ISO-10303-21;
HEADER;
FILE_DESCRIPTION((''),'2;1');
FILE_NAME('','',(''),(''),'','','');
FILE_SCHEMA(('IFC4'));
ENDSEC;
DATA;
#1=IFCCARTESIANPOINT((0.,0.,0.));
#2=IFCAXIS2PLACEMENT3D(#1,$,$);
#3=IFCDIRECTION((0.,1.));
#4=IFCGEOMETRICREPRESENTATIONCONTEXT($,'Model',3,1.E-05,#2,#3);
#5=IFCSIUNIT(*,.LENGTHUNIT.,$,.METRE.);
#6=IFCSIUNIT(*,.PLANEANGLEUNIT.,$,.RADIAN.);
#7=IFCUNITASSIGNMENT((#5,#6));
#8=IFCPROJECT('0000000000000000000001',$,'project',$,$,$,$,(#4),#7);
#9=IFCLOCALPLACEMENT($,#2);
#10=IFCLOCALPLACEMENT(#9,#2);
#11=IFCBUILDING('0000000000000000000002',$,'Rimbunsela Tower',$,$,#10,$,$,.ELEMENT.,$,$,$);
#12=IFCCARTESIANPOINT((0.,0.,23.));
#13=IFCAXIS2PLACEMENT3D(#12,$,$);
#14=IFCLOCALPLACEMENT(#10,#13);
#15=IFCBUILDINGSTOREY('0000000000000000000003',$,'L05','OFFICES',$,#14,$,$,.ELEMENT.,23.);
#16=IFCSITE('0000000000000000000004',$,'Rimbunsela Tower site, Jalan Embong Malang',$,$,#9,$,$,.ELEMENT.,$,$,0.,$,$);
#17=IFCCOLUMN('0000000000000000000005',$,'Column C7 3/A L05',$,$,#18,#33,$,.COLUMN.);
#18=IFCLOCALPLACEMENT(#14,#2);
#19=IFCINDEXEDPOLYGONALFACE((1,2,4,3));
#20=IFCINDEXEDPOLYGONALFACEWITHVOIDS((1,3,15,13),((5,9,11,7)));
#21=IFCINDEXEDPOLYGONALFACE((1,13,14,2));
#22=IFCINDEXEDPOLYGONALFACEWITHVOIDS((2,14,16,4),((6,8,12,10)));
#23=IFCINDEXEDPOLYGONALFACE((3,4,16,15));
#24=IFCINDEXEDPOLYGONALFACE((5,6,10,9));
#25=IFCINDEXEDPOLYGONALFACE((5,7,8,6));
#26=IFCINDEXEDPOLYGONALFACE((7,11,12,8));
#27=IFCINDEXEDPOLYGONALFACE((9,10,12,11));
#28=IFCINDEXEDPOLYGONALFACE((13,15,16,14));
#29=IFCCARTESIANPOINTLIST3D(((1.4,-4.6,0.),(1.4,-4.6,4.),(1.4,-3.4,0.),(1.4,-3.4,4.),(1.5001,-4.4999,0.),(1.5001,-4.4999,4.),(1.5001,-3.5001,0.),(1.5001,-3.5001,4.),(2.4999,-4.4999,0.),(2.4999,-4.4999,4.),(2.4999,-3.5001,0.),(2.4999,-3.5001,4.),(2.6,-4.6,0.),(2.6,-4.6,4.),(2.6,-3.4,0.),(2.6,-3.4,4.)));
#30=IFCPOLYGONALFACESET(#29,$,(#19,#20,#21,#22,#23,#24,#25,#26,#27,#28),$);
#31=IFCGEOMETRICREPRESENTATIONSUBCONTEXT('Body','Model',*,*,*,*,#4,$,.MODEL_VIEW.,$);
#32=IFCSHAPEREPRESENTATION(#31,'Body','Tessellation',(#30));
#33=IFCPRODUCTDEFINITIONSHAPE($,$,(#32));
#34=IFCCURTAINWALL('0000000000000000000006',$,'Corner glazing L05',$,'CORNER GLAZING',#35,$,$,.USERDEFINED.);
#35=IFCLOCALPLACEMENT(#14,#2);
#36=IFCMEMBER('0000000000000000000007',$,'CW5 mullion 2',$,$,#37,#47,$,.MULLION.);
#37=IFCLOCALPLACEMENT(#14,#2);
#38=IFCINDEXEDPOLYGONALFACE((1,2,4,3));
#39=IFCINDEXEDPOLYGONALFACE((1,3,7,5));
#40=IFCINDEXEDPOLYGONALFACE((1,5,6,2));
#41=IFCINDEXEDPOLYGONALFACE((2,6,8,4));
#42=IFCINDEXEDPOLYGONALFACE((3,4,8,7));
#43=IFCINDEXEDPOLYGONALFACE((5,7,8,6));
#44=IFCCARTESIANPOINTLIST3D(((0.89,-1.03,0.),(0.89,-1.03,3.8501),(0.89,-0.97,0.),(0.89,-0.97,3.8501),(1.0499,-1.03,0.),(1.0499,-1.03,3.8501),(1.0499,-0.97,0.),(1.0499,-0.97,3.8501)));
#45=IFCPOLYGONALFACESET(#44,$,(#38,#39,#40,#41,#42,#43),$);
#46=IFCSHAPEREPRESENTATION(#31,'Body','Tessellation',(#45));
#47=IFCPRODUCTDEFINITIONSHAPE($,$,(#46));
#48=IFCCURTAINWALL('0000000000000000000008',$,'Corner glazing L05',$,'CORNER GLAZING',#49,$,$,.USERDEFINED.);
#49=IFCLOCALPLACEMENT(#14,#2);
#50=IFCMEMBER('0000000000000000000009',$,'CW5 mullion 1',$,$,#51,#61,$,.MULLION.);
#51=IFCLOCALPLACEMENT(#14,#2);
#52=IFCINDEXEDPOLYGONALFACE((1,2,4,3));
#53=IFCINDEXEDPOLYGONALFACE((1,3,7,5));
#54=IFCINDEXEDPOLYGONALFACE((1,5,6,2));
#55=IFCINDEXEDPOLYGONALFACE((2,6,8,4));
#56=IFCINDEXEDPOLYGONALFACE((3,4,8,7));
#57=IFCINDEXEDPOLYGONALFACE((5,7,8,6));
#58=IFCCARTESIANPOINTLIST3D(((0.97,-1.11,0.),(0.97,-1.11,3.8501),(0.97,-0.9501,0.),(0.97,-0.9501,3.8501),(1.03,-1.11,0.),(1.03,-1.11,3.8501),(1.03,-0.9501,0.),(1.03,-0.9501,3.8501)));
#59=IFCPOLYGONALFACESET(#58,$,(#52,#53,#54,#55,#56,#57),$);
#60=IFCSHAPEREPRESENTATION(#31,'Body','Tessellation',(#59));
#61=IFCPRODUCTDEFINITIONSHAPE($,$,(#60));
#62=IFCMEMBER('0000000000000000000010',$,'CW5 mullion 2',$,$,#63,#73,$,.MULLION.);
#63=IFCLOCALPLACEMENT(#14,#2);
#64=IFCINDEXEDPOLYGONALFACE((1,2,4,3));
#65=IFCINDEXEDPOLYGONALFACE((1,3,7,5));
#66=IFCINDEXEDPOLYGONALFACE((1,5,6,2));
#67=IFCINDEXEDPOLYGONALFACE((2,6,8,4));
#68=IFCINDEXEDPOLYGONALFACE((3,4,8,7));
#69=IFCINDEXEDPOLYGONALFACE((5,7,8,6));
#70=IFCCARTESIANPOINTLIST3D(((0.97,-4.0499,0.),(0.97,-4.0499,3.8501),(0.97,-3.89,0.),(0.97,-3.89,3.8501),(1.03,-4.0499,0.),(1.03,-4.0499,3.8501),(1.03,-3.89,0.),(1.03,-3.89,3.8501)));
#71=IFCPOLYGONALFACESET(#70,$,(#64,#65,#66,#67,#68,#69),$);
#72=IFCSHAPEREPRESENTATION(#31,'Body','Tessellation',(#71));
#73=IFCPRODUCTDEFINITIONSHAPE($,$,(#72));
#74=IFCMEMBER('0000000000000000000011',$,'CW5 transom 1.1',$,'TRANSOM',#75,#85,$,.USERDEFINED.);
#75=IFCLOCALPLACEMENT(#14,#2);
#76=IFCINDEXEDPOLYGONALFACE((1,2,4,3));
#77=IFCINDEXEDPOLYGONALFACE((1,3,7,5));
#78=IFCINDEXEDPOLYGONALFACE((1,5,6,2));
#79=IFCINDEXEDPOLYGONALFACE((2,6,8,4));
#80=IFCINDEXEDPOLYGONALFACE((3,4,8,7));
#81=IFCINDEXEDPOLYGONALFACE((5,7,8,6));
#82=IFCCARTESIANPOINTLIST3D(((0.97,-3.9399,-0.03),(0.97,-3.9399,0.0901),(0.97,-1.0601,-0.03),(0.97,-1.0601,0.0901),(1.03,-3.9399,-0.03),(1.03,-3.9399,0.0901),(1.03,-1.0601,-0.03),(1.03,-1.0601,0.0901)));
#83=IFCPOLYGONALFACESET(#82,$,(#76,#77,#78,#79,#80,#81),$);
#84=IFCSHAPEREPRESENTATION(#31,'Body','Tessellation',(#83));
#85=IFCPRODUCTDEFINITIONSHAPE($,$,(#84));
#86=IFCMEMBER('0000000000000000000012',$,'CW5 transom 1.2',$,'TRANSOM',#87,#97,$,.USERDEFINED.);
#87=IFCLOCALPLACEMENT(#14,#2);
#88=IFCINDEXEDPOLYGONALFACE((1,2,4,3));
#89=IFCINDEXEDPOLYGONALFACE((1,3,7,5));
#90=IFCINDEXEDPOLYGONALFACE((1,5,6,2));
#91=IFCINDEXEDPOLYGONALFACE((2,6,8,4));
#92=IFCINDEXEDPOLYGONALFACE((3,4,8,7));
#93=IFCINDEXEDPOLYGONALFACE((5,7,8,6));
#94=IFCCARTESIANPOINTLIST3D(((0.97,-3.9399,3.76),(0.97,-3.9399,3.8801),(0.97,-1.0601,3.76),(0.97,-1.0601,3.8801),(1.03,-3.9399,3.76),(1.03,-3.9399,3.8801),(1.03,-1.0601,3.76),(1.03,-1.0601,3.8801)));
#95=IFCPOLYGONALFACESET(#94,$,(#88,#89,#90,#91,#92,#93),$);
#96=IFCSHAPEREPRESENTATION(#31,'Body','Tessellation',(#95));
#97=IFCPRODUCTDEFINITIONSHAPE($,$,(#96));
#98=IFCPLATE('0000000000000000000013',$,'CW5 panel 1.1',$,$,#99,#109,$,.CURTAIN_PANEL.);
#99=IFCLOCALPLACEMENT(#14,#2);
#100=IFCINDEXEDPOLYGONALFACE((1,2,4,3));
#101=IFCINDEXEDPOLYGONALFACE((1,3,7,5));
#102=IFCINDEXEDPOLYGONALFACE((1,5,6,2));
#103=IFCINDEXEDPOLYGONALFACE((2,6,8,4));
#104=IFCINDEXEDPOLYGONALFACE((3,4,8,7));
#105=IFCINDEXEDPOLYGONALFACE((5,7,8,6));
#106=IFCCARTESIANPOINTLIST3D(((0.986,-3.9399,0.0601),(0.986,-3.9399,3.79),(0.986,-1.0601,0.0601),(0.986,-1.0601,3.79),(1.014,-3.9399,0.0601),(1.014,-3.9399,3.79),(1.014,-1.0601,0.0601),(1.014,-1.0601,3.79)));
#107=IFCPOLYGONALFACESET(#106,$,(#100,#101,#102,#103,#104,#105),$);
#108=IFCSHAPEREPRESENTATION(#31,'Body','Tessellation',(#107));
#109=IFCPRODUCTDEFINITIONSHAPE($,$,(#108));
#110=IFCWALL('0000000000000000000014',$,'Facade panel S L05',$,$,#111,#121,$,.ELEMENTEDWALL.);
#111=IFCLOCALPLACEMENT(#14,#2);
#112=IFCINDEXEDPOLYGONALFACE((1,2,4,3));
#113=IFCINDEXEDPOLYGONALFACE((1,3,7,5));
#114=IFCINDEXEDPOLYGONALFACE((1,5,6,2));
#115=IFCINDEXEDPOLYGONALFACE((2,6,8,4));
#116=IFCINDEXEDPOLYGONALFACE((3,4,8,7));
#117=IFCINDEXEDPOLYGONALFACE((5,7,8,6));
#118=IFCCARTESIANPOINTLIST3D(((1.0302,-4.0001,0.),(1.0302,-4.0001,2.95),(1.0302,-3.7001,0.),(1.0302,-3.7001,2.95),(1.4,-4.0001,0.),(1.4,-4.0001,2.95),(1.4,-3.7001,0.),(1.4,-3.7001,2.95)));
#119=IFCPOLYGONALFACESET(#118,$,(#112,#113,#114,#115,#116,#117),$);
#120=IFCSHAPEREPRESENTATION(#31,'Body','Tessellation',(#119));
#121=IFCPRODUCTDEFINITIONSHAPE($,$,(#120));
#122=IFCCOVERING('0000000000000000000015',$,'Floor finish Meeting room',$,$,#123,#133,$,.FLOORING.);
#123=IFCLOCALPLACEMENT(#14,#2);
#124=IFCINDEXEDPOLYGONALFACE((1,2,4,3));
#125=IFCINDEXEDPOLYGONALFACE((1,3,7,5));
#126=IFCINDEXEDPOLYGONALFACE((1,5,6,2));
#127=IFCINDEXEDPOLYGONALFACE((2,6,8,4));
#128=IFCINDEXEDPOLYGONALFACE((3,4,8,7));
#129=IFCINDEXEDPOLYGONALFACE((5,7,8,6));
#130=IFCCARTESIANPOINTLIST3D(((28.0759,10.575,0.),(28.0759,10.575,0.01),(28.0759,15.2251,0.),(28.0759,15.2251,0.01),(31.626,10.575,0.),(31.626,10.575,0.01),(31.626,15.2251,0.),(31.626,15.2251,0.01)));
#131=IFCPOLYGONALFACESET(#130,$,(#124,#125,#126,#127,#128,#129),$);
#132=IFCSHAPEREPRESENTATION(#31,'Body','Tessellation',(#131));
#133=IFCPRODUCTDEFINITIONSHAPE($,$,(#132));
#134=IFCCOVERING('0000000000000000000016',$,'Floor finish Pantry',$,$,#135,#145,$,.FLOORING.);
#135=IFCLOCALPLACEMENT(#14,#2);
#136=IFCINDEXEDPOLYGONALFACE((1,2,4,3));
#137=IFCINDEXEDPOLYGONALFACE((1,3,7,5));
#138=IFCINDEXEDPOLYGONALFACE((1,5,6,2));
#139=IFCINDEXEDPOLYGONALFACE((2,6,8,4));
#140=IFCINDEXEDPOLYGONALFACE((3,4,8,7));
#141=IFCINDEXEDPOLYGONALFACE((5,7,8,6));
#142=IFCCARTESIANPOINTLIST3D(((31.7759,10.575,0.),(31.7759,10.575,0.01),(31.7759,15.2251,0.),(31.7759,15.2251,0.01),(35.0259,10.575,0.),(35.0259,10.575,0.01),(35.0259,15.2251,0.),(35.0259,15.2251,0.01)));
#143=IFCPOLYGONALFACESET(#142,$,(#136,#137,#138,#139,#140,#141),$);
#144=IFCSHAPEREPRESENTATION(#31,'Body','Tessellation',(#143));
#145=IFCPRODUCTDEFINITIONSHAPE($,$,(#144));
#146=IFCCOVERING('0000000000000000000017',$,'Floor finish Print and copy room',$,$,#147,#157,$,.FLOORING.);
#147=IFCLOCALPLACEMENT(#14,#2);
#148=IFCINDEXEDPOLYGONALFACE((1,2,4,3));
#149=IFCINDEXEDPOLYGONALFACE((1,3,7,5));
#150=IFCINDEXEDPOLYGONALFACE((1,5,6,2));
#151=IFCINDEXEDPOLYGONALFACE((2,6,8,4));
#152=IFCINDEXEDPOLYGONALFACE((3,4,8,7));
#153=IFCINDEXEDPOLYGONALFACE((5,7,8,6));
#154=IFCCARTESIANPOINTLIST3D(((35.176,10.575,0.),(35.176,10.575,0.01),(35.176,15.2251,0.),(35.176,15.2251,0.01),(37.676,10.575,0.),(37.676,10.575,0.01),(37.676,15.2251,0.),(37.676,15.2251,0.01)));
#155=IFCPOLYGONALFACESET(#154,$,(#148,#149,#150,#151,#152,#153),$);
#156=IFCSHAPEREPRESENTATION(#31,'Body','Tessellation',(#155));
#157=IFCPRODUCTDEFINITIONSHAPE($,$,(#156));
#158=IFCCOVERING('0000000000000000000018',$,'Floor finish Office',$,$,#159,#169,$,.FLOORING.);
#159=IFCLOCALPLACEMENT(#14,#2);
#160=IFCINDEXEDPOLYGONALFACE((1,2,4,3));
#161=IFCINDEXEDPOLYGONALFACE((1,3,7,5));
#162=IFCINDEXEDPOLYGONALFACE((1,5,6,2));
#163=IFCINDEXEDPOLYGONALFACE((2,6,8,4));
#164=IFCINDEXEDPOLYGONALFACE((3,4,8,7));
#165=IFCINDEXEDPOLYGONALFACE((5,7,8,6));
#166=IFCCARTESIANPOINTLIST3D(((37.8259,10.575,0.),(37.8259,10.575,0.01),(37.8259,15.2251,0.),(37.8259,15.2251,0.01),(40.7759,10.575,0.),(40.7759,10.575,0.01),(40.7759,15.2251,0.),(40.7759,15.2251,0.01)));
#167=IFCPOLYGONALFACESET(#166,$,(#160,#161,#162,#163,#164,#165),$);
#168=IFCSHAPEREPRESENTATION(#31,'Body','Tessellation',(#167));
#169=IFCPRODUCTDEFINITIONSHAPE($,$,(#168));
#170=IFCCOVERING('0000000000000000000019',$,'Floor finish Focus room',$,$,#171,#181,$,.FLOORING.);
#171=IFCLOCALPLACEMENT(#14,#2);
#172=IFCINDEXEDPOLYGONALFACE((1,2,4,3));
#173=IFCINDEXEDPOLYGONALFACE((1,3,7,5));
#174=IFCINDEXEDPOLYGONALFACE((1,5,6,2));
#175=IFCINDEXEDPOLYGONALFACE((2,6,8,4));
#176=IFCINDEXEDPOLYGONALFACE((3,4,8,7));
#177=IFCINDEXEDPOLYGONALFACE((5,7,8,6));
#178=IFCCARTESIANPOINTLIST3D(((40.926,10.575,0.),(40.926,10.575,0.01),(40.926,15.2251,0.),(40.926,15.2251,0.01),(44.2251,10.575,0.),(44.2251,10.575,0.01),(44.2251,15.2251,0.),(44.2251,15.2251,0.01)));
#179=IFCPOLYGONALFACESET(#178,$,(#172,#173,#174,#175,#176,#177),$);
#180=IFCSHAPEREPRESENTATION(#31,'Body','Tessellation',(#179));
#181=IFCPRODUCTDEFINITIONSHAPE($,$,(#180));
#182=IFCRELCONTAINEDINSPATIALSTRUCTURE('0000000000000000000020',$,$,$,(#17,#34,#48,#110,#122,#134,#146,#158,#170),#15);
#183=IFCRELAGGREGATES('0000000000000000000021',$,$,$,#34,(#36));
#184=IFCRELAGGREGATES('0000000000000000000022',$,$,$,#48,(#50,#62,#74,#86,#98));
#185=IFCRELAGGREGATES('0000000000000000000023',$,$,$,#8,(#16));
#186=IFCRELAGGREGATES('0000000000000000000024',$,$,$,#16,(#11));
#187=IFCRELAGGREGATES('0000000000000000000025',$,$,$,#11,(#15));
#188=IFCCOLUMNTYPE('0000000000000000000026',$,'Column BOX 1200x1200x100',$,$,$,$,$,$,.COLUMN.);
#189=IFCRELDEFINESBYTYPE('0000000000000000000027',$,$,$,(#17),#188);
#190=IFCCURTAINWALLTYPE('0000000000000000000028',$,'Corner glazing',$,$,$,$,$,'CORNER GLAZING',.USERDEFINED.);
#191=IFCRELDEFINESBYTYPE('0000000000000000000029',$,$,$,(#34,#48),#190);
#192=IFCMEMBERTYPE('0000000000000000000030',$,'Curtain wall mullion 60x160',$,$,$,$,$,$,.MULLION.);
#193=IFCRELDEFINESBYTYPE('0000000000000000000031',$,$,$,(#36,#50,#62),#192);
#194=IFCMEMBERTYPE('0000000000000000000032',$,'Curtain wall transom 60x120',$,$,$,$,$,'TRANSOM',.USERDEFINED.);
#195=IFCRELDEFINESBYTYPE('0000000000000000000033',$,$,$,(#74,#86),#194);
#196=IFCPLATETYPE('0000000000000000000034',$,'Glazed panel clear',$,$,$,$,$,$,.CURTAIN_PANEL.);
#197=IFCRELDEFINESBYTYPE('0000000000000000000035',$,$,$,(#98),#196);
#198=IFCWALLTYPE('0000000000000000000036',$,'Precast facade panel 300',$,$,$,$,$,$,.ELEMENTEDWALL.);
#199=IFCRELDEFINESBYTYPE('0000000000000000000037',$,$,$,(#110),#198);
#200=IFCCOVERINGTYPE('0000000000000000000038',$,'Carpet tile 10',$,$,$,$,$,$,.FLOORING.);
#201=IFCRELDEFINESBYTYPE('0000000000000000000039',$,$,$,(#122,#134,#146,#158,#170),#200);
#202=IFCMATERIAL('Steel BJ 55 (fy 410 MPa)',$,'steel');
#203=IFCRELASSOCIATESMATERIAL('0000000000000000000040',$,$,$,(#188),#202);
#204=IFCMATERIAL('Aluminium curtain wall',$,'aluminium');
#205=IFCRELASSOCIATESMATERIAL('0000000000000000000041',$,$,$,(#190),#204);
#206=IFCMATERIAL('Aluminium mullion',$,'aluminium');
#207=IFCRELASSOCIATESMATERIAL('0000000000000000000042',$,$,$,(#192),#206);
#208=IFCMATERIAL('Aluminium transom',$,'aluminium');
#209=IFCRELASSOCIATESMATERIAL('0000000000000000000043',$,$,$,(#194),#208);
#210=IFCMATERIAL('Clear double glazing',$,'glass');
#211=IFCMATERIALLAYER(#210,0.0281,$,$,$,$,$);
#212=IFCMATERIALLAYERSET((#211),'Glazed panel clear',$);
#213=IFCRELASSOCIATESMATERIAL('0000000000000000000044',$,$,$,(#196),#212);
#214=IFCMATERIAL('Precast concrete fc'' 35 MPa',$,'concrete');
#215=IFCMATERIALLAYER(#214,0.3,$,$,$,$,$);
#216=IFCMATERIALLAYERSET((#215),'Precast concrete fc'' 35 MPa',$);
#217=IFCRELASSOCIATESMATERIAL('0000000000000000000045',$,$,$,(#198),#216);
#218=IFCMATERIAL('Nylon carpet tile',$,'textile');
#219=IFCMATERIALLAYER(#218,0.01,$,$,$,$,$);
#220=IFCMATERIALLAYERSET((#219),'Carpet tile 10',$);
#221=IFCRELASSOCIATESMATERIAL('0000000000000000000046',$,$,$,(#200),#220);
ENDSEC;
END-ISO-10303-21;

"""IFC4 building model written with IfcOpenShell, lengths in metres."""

from ifc_helpers import new_model, si_unit, direction, frame, frame_2d, origin, origin_2d, place, context, subcontext, project, spatial, polyline, rectangle, hollow_rectangle, outline, extrude, material, layer, layer_set, material_profile, profile_set, type_object, element, aggregate, save


model = new_model("IFC4")

# Units and contexts
model_context = context("Model", 3, precision=1e-05, world=origin(), true_north=direction((0.0, 1.0)))
body_context = subcontext(model_context, "Body", "Model", "MODEL_VIEW")
ifc_project = project(units=[si_unit("LENGTHUNIT", "METRE"), si_unit("PLANEANGLEUNIT", "RADIAN")], contexts=[model_context])

# Site, building, storey
site_placement = place(None, origin())
site = spatial("IfcSite", under=ifc_project, at=site_placement, Name="Rimbunsela Tower site, Jalan Embong Malang", CompositionType="ELEMENT", RefElevation=0.0)
building_placement = place(site_placement, origin())
building = spatial("IfcBuilding", under=site, at=building_placement, Name="Rimbunsela Tower", CompositionType="ELEMENT")
storey_placement = place(building_placement, frame((0.0, 0.0, 23.0)))
storey = spatial("IfcBuildingStorey", under=building, at=storey_placement, Name="L05", Description="OFFICES", CompositionType="ELEMENT", Elevation=23.0)

# Column
ifc_material_1 = material(Name="Steel BJ 55 (fy 410 MPa)", Category="steel")
ifc_material_profile_1 = material_profile(ifc_material_1, hollow_rectangle(XDim=1.2, YDim=1.2, WallThickness=0.1001, at=origin_2d()), Name="BOX 1200x1200x100")
ifc_profile_set_1 = profile_set([ifc_material_profile_1], Name="Steel BJ 55 (fy 410 MPa)")
column_type = type_object("IfcColumnType", Name="Column BOX 1200x1200x100", PredefinedType="COLUMN", material=ifc_profile_set_1)
column_placement = place(storey_placement, frame((2.0, -4.0, 0.0), z_axis=(0.0, 0.0, 1.0), x_axis=(1.0, 0.0, 0.0)))
element("IfcColumn", 1, at=column_placement, inside=storey, type_object=column_type, Name="Column C7 3/A L05", PredefinedType="COLUMN", context=body_context, shape_type="SweptSolid", body=[
    extrude(hollow_rectangle(XDim=1.2, YDim=1.2, WallThickness=0.1001, at=origin_2d()), origin(), (0.0, 0.0, 1.0), 4.0),
])

# Curtain wall, member
ifc_material_2 = material(Name="Aluminium curtain wall", Category="aluminium")
curtain_wall_type = type_object("IfcCurtainWallType", Name="Corner glazing", ElementType="CORNER GLAZING", PredefinedType="USERDEFINED", material=ifc_material_2)
curtain_wall_1_placement = place(storey_placement, origin())
curtain_wall_1 = element("IfcCurtainWall", 2, at=curtain_wall_1_placement, inside=storey, type_object=curtain_wall_type, Name="Corner glazing L05", ObjectType="CORNER GLAZING", PredefinedType="USERDEFINED")
ifc_material_3 = material(Name="Aluminium mullion", Category="aluminium")
ifc_material_profile_2 = material_profile(ifc_material_3, rectangle(XDim=0.0601, YDim=0.1599, at=origin_2d()), Name="Mullion 60x160")
ifc_profile_set_2 = profile_set([ifc_material_profile_2], Name="Aluminium mullion")
member_type_1 = type_object("IfcMemberType", Name="Curtain wall mullion 60x160", PredefinedType="MULLION", material=ifc_profile_set_2)
member_1_placement = place(storey_placement, frame((0.97, -1.0, 0.0), z_axis=(0.0, 0.0, 1.0), x_axis=(0.0, 1.0, 0.0)))
member_1 = element("IfcMember", 3, at=member_1_placement, type_object=member_type_1, Name="CW5 mullion 2", PredefinedType="MULLION", context=body_context, shape_type="SweptSolid", body=[
    extrude(rectangle(XDim=0.0601, YDim=0.1599, at=origin_2d()), origin(), (0.0, 0.0, 1.0), 3.8501),
])
aggregate(curtain_wall_1, [member_1])

# Curtain wall, members, plate
curtain_wall_2_placement = place(storey_placement, origin())
curtain_wall_2 = element("IfcCurtainWall", 4, at=curtain_wall_2_placement, inside=storey, type_object=curtain_wall_type, Name="Corner glazing L05", ObjectType="CORNER GLAZING", PredefinedType="USERDEFINED")
member_2_placement = place(storey_placement, frame((1.0, -1.03, 0.0), z_axis=(0.0, 0.0, 1.0), x_axis=(1.0, 0.0, 0.0)))
member_2 = element("IfcMember", 5, at=member_2_placement, type_object=member_type_1, Name="CW5 mullion 1", PredefinedType="MULLION", context=body_context, shape_type="SweptSolid", body=[
    extrude(rectangle(XDim=0.0601, YDim=0.1599, at=origin_2d()), origin(), (0.0, 0.0, 1.0), 3.8501),
])
member_3_placement = place(storey_placement, frame((1.0, -3.97, 0.0), z_axis=(0.0, 0.0, 1.0), x_axis=(1.0, 0.0, 0.0)))
member_3 = element("IfcMember", 6, at=member_3_placement, type_object=member_type_1, Name="CW5 mullion 2", PredefinedType="MULLION", context=body_context, shape_type="SweptSolid", body=[
    extrude(rectangle(XDim=0.0601, YDim=0.1599, at=origin_2d()), origin(), (0.0, 0.0, 1.0), 3.8501),
])
ifc_material_4 = material(Name="Aluminium transom", Category="aluminium")
ifc_material_profile_3 = material_profile(ifc_material_4, rectangle(XDim=0.0601, YDim=0.1201, at=origin_2d()), Name="Transom 60x120")
ifc_profile_set_3 = profile_set([ifc_material_profile_3], Name="Aluminium transom")
member_type_2 = type_object("IfcMemberType", Name="Curtain wall transom 60x120", ElementType="TRANSOM", PredefinedType="USERDEFINED", material=ifc_profile_set_3)
member_4_placement = place(storey_placement, frame((1.0, -1.0601, 0.03), z_axis=(0.0, -1.0, 0.0), x_axis=(1.0, 0.0, 0.0)))
member_4 = element("IfcMember", 7, at=member_4_placement, type_object=member_type_2, Name="CW5 transom 1.1", ObjectType="TRANSOM", PredefinedType="USERDEFINED", context=body_context, shape_type="SweptSolid", body=[
    extrude(rectangle(XDim=0.0601, YDim=0.1201, at=origin_2d()), origin(), (0.0, 0.0, 1.0), 2.8799),
])
member_5_placement = place(storey_placement, frame((1.0, -1.0601, 3.8201), z_axis=(0.0, -1.0, 0.0), x_axis=(1.0, 0.0, 0.0)))
member_5 = element("IfcMember", 8, at=member_5_placement, type_object=member_type_2, Name="CW5 transom 1.2", ObjectType="TRANSOM", PredefinedType="USERDEFINED", context=body_context, shape_type="SweptSolid", body=[
    extrude(rectangle(XDim=0.0601, YDim=0.1201, at=origin_2d()), origin(), (0.0, 0.0, 1.0), 2.8799),
])
ifc_material_5 = material(Name="Clear double glazing", Category="glass")
ifc_layer_1 = layer(ifc_material_5, 0.0281)
ifc_layer_set_1 = layer_set([ifc_layer_1], Name="Glazed panel clear")
plate_type = type_object("IfcPlateType", Name="Glazed panel clear", PredefinedType="CURTAIN_PANEL", material=ifc_layer_set_1)
plate_placement = place(storey_placement, frame((1.0, -2.5, 0.0601), z_axis=(0.0, 0.0, 1.0), x_axis=(0.0, -1.0, 0.0)))
plate = element("IfcPlate", 9, at=plate_placement, type_object=plate_type, Name="CW5 panel 1.1", PredefinedType="CURTAIN_PANEL", context=body_context, shape_type="SweptSolid", body=[
    extrude(rectangle(XDim=2.8799, YDim=0.0281, at=origin_2d()), origin(), (0.0, 0.0, 1.0), 3.73),
])
aggregate(curtain_wall_2, [member_2, member_3, member_4, member_5, plate])

# Wall
ifc_material_6 = material(Name="Precast concrete fc' 35 MPa", Category="concrete")
ifc_layer_2 = layer(ifc_material_6, 0.3)
ifc_layer_set_2 = layer_set([ifc_layer_2], Name="Precast concrete fc' 35 MPa")
wall_type = type_object("IfcWallType", Name="Precast facade panel 300", PredefinedType="ELEMENTEDWALL", material=ifc_layer_set_2)
wall_placement = place(storey_placement, frame((1.03, -3.8501, 0.0), z_axis=(0.0, 0.0, 1.0), x_axis=(1.0, 0.0, 0.0)))
element("IfcWall", 10, at=wall_placement, inside=storey, type_object=wall_type, Name="Facade panel S L05", PredefinedType="ELEMENTEDWALL", context=body_context, shape_type="SweptSolid", body=[
    extrude(rectangle(XDim=0.3699, YDim=0.3, at=frame_2d((0.1851, 0.0))), origin(), (0.0, 0.0, 1.0), 2.95),
])

# Coverings
ifc_material_7 = material(Name="Nylon carpet tile", Category="textile")
ifc_layer_3 = layer(ifc_material_7, 0.01)
ifc_layer_set_3 = layer_set([ifc_layer_3], Name="Carpet tile 10")
covering_type_1 = type_object("IfcCoveringType", Name="Carpet tile 10", PredefinedType="FLOORING", material=ifc_layer_set_3)
covering_1_placement = place(storey_placement, origin())
element("IfcCovering", 11, at=covering_1_placement, inside=storey, type_object=covering_type_1, Name="Floor finish Meeting room", PredefinedType="FLOORING", context=body_context, shape_type="SweptSolid", body=[
    extrude(outline(polyline([(31.626, 10.575), (31.626, 15.2251), (28.0759, 15.2251), (28.0759, 10.575), (31.626, 10.575)])), origin(), (0.0, 0.0, 1.0), 0.01),
])
covering_2_placement = place(storey_placement, origin())
element("IfcCovering", 12, at=covering_2_placement, inside=storey, type_object=covering_type_1, Name="Floor finish Pantry", PredefinedType="FLOORING", context=body_context, shape_type="SweptSolid", body=[
    extrude(outline(polyline([(35.0259, 10.575), (35.0259, 15.2251), (31.7759, 15.2251), (31.7759, 10.575), (35.0259, 10.575)])), origin(), (0.0, 0.0, 1.0), 0.01),
])
covering_3_placement = place(storey_placement, origin())
element("IfcCovering", 13, at=covering_3_placement, inside=storey, type_object=covering_type_1, Name="Floor finish Print and copy room", PredefinedType="FLOORING", context=body_context, shape_type="SweptSolid", body=[
    extrude(outline(polyline([(37.676, 10.575), (37.676, 15.2251), (35.176, 15.2251), (35.176, 10.575), (37.676, 10.575)])), origin(), (0.0, 0.0, 1.0), 0.01),
])
covering_4_placement = place(storey_placement, origin())
element("IfcCovering", 14, at=covering_4_placement, inside=storey, type_object=covering_type_1, Name="Floor finish Office", PredefinedType="FLOORING", context=body_context, shape_type="SweptSolid", body=[
    extrude(outline(polyline([(40.7759, 10.575), (40.7759, 15.2251), (37.8259, 15.2251), (37.8259, 10.575), (40.7759, 10.575)])), origin(), (0.0, 0.0, 1.0), 0.01),
])
covering_5_placement = place(storey_placement, origin())
element("IfcCovering", 15, at=covering_5_placement, inside=storey, type_object=covering_type_1, Name="Floor finish Focus room", PredefinedType="FLOORING", context=body_context, shape_type="SweptSolid", body=[
    extrude(outline(polyline([(44.2251, 10.575), (44.2251, 15.2251), (40.926, 15.2251), (40.926, 10.575), (44.2251, 10.575)])), origin(), (0.0, 0.0, 1.0), 0.01),
])

save(model, "model.ifc")
